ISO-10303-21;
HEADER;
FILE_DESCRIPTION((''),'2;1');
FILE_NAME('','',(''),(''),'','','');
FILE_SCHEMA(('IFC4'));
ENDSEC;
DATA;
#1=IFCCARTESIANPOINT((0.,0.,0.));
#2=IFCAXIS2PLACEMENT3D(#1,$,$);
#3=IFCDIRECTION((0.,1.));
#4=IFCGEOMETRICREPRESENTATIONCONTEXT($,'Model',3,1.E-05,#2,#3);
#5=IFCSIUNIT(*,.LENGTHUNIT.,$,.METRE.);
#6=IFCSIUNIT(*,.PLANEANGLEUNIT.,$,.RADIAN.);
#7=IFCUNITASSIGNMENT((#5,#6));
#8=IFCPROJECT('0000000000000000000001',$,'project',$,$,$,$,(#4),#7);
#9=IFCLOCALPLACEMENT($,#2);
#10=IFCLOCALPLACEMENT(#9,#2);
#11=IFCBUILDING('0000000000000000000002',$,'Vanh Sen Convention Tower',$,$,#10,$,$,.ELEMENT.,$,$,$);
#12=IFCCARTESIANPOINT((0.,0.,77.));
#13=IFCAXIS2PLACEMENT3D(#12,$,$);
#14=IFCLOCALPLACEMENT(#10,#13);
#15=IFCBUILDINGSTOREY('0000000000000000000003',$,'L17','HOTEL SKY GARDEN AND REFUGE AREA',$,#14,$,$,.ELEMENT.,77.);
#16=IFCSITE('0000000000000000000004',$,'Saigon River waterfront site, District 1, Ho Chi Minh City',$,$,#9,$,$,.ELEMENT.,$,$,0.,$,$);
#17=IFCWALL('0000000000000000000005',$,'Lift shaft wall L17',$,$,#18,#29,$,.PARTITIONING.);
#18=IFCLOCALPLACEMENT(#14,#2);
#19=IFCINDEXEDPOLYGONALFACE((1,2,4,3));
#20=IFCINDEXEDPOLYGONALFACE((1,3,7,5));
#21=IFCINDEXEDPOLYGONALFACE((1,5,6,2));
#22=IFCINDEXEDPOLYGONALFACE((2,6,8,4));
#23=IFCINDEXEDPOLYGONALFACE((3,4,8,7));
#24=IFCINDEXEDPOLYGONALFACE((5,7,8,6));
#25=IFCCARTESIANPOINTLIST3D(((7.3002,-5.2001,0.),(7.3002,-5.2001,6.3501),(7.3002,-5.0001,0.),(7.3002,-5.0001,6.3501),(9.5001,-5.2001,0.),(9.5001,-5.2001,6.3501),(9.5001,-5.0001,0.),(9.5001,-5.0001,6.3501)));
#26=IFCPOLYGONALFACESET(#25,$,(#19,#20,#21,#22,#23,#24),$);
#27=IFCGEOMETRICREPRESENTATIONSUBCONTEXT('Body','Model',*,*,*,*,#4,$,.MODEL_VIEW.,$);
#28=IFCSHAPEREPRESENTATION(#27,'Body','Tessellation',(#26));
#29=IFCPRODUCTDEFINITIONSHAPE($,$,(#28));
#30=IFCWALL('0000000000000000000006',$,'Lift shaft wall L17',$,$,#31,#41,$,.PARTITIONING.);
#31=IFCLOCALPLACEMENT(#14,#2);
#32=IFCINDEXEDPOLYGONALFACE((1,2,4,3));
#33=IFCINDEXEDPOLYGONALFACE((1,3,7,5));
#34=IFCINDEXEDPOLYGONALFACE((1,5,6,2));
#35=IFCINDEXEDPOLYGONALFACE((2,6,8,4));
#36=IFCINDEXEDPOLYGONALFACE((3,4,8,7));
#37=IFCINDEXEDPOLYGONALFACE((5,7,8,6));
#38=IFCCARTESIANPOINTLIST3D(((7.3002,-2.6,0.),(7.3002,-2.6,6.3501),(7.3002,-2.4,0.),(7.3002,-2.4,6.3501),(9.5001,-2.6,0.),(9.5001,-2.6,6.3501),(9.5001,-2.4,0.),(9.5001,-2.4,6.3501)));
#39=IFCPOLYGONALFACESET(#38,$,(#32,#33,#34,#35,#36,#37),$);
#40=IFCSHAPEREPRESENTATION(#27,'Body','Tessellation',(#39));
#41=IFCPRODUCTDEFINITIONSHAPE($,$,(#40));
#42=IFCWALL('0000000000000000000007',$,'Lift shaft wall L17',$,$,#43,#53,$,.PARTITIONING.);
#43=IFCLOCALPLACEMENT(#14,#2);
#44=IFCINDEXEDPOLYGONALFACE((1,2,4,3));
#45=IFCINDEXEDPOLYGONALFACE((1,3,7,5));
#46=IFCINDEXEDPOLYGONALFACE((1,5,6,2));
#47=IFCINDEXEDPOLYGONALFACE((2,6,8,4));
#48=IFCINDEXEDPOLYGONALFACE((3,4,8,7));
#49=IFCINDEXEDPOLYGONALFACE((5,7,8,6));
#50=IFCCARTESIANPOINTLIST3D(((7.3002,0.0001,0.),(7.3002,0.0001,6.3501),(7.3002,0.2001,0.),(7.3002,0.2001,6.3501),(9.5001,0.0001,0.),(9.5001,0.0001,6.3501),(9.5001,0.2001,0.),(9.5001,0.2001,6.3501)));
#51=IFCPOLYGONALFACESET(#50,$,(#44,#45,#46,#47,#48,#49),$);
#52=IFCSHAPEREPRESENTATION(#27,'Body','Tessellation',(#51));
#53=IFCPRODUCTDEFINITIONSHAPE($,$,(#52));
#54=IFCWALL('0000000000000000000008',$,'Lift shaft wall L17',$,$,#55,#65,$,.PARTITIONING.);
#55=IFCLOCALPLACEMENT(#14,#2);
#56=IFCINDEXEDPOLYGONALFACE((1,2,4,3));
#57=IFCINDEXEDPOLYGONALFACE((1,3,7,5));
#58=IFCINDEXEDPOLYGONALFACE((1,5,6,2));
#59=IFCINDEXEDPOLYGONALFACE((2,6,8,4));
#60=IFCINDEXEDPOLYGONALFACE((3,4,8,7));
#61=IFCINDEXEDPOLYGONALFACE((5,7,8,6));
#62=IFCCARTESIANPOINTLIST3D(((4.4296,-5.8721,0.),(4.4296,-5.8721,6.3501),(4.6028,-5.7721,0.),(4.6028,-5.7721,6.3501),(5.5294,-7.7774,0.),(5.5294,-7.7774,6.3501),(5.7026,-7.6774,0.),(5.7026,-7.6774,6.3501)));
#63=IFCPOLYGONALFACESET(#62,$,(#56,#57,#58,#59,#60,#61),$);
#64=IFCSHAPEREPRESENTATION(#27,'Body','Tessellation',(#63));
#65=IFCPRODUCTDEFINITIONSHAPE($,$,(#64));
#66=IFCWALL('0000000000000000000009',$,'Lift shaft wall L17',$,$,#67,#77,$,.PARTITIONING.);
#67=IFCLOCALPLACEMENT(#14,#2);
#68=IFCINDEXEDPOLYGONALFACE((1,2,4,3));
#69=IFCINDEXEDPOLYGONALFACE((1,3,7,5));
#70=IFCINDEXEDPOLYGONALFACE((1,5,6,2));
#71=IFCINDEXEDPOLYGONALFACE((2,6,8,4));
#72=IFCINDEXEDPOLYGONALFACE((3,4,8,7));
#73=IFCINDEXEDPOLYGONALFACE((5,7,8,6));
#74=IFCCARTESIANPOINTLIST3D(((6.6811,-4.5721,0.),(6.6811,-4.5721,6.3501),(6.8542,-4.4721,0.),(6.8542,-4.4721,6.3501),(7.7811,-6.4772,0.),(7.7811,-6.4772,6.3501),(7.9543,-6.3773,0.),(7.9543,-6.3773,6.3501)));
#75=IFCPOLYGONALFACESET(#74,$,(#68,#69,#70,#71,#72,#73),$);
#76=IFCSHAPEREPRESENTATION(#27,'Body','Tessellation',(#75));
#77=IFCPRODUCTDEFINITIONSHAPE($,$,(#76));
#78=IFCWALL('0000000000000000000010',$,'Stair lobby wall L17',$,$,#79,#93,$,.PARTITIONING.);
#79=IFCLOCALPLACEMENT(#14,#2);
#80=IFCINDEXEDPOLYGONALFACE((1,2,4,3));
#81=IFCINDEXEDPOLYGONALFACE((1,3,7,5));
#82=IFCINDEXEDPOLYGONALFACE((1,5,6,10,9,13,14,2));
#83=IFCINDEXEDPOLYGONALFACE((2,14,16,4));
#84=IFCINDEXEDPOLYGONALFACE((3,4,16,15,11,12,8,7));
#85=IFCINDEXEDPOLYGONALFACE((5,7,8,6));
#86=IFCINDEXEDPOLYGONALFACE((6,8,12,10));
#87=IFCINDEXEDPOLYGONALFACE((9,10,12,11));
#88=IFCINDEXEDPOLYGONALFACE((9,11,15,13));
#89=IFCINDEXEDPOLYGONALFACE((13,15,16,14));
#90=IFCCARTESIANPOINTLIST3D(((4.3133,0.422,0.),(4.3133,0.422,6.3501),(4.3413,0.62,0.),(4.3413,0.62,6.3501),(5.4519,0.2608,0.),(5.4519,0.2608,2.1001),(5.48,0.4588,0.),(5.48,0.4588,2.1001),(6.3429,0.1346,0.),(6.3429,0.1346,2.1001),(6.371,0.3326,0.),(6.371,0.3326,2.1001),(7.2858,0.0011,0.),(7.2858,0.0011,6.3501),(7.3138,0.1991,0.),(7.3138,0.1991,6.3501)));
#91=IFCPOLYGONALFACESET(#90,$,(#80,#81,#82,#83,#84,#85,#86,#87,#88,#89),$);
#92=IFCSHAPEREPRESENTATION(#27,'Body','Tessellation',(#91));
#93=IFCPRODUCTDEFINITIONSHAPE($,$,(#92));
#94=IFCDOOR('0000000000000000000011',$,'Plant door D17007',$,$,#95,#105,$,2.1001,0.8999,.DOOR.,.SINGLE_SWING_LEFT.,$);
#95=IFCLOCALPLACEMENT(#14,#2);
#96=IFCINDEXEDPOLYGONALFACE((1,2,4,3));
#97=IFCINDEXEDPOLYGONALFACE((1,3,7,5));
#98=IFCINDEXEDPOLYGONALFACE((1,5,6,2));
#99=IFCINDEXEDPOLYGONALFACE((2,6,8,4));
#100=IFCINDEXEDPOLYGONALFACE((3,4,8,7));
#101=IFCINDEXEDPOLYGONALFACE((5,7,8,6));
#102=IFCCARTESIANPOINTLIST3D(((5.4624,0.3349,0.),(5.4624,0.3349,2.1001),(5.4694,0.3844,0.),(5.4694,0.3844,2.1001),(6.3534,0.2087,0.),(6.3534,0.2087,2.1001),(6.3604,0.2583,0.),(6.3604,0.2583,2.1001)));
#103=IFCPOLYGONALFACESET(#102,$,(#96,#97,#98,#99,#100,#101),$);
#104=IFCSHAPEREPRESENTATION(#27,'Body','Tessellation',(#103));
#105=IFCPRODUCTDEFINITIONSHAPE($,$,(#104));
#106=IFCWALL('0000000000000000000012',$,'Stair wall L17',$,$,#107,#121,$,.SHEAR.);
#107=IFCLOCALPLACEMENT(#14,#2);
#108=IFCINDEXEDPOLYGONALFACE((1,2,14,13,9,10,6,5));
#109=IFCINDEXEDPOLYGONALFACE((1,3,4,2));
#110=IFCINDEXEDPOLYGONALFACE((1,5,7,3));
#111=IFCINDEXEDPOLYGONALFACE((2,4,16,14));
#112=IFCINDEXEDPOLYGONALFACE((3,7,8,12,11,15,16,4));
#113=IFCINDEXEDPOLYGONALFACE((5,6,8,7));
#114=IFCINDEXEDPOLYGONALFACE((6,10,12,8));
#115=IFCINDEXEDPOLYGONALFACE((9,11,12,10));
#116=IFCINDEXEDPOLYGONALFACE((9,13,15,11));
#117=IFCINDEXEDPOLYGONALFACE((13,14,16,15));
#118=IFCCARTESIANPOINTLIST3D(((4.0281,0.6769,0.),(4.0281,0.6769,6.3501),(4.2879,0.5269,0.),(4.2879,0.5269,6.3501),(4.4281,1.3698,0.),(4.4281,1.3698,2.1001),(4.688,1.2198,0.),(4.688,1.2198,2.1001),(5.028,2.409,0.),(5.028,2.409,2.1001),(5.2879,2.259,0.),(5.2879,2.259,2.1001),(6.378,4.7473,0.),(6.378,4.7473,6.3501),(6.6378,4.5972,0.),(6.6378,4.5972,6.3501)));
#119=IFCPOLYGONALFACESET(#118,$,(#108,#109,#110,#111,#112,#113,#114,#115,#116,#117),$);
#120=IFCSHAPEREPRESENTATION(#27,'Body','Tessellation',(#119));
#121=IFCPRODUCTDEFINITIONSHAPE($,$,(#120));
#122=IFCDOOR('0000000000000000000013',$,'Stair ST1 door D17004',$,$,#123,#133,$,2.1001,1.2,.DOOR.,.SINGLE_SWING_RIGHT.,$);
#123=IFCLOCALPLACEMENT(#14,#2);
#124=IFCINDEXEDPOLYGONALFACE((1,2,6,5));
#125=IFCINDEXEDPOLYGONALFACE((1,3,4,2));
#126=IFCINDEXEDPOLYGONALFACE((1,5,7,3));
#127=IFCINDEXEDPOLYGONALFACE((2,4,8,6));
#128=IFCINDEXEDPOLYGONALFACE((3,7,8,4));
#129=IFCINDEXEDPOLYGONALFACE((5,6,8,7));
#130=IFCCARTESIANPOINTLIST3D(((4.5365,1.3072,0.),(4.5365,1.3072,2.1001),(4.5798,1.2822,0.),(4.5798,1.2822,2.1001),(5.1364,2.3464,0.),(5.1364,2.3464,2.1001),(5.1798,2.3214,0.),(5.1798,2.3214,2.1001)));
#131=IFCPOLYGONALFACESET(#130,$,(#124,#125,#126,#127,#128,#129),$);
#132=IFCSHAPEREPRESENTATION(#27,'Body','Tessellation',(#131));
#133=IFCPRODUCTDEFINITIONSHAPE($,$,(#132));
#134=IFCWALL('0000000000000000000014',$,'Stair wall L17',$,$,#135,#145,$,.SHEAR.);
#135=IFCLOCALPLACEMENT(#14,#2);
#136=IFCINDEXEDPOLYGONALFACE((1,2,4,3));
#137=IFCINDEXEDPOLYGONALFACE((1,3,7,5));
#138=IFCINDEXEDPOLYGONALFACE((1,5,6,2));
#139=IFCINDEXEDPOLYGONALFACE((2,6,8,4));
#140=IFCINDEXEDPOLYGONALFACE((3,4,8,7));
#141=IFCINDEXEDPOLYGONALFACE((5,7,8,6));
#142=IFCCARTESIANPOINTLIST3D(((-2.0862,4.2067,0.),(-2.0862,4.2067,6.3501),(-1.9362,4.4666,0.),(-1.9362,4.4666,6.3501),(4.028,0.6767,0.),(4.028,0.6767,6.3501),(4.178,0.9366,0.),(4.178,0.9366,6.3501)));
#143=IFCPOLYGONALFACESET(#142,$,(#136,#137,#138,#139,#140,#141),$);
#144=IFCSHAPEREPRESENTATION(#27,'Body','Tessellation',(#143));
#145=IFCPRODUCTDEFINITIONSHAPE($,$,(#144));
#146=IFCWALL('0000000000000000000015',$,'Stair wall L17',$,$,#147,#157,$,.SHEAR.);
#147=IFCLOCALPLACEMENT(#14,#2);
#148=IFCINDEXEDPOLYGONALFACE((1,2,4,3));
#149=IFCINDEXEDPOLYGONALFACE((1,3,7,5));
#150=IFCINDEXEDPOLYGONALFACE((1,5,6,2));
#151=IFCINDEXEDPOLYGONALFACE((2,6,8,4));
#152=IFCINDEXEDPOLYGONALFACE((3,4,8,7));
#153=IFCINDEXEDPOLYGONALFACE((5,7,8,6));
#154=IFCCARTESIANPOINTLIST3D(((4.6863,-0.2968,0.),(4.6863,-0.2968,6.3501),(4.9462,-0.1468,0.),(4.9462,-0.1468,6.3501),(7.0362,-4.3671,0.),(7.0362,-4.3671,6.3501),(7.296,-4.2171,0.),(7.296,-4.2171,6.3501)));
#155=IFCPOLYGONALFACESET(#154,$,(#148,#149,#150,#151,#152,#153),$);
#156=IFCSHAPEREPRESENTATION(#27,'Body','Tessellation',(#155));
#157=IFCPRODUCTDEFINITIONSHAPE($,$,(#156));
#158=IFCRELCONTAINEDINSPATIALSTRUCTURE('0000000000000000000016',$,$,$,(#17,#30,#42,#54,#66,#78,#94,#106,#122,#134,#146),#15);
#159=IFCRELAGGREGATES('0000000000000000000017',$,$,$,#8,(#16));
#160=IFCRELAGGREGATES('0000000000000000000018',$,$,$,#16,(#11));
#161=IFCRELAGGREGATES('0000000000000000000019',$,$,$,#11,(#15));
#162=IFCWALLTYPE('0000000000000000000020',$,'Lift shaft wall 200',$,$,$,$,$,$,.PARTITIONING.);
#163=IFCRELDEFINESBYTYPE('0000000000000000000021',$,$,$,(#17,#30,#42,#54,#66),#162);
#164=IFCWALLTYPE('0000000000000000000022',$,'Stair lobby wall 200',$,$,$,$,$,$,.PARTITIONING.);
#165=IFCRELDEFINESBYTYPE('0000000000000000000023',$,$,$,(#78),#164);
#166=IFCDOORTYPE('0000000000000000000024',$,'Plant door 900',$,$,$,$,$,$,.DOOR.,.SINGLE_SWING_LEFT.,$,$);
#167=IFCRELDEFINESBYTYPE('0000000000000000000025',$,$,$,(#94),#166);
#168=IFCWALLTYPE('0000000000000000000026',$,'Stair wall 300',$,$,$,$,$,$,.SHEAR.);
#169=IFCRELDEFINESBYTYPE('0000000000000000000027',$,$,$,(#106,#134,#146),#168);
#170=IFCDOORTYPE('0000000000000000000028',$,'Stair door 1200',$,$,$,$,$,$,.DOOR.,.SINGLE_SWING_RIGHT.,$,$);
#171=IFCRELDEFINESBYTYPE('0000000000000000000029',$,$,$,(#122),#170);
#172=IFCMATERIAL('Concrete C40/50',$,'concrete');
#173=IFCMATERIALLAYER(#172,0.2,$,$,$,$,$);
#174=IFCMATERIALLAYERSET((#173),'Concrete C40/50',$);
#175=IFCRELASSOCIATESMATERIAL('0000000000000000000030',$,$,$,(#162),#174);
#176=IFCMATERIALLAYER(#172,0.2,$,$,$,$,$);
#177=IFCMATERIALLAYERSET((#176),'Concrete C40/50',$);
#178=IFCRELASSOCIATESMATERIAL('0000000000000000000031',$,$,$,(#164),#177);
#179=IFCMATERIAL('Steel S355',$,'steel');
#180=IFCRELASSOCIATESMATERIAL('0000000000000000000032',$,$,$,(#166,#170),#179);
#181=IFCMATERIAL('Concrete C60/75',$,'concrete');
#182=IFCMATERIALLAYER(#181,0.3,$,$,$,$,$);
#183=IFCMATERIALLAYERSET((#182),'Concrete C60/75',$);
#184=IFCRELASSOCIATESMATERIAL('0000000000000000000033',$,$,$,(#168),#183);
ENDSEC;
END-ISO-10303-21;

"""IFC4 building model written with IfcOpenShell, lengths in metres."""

from ifc_helpers import new_model, si_unit, direction, frame, frame_2d, origin, place, context, subcontext, project, spatial, rectangle, extrude, material, layer, layer_set, type_object, element, fill, save


model = new_model("IFC4")

# Units and contexts
model_context = context("Model", 3, precision=1e-05, world=origin(), true_north=direction((0.0, 1.0)))
body_context = subcontext(model_context, "Body", "Model", "MODEL_VIEW")
ifc_project = project(units=[si_unit("LENGTHUNIT", "METRE"), si_unit("PLANEANGLEUNIT", "RADIAN")], contexts=[model_context])

# Site, building, storey
site_placement = place(None, origin())
site = spatial("IfcSite", under=ifc_project, at=site_placement, Name="Saigon River waterfront site, District 1, Ho Chi Minh City", CompositionType="ELEMENT", RefElevation=0.0)
building_placement = place(site_placement, origin())
building = spatial("IfcBuilding", under=site, at=building_placement, Name="Vanh Sen Convention Tower", CompositionType="ELEMENT")
storey_placement = place(building_placement, frame((0.0, 0.0, 77.0)))
storey = spatial("IfcBuildingStorey", under=building, at=storey_placement, Name="L17", Description="HOTEL SKY GARDEN AND REFUGE AREA", CompositionType="ELEMENT", Elevation=77.0)

# Shared definitions
ifc_material_1 = material(Name="Steel S355", Category="steel")

# Shared definitions
ifc_material_2 = material(Name="Concrete C60/75", Category="concrete")

# Walls
ifc_material_3 = material(Name="Concrete C40/50", Category="concrete")
ifc_layer_1 = layer(ifc_material_3, 0.2)
ifc_layer_set_1 = layer_set([ifc_layer_1], Name="Concrete C40/50")
wall_type_1 = type_object("IfcWallType", Name="Lift shaft wall 200", PredefinedType="PARTITIONING", material=ifc_layer_set_1)
for number, where, z_axis, x_axis, name in (
    (1, (7.3, -5.1001, 0.0), (0.0, 0.0, 1.0), (1.0, 0.0, 0.0), "Lift shaft wall L17"),
    (2, (7.3, -2.5, 0.0), (0.0, 0.0, 1.0), (1.0, 0.0, 0.0), "Lift shaft wall L17"),
    (3, (7.3, 0.1001, 0.0), (0.0, 0.0, 1.0), (1.0, 0.0, 0.0), "Lift shaft wall L17"),
    (4, (4.5161, -5.822, 0.0), (0.0, 0.0, 1.0), (0.499947, -0.866056, 0.0), "Lift shaft wall L17"),
    (5, (6.7676, -4.522, 0.0), (0.0, 0.0, 1.0), (0.50003, -0.866008, 0.0), "Lift shaft wall L17"),
):
    element("IfcWall", number, at=place(storey_placement, frame(where, z_axis=z_axis, x_axis=x_axis)), inside=storey, type_object=wall_type_1, Name=name, PredefinedType="PARTITIONING", context=body_context, shape_type="SweptSolid", body=[
        extrude(rectangle(XDim=2.2, YDim=0.2, at=frame_2d((1.1001, 0.0))), origin(), (0.0, 0.0, 1.0), 6.3501),
    ])

# Walls, openings, doors
ifc_layer_2 = layer(ifc_material_3, 0.2)
ifc_layer_set_2 = layer_set([ifc_layer_2], Name="Concrete C40/50")
wall_type_2 = type_object("IfcWallType", Name="Stair lobby wall 200", PredefinedType="PARTITIONING", material=ifc_layer_set_2)
wall_1_placement = place(storey_placement, frame((4.3274, 0.521, 0.0), z_axis=(0.0, 0.0, 1.0), x_axis=(0.990124, -0.140192, 0.0)))
wall_1 = element("IfcWall", 6, at=wall_1_placement, inside=storey, type_object=wall_type_2, Name="Stair lobby wall L17", PredefinedType="PARTITIONING", context=body_context, shape_type="SweptSolid", body=[
    extrude(rectangle(XDim=3.0022, YDim=0.2, at=frame_2d((1.501, 0.0))), origin(), (0.0, 0.0, 1.0), 6.3501),
])
opening_1_placement = place(wall_1_placement, frame((1.1499, 0.0, 0.0)))
opening_1 = element("IfcOpeningElement", 7, at=opening_1_placement, cuts=wall_1, PredefinedType="OPENING", context=body_context, shape_type="SweptSolid", body=[
    extrude(rectangle(XDim=0.8999, YDim=2.1001, at=frame_2d((0.45, 1.05))), frame((0.0, 0.1099, 0.0), z_axis=(0.0, -1.0, 0.0), x_axis=(1.0, 0.0, 0.0)), (0.0, 0.0, 1.0), 0.22),
])
door_type_1 = type_object("IfcDoorType", Name="Plant door 900", OperationType="SINGLE_SWING_LEFT", PredefinedType="DOOR", material=ifc_material_1)
door_1_placement = place(opening_1_placement, origin())
door_1 = element("IfcDoor", 8, at=door_1_placement, inside=storey, type_object=door_type_1, Name="Plant door D17007", OperationType="SINGLE_SWING_LEFT", OverallHeight=2.1001, OverallWidth=0.8999, PredefinedType="DOOR", context=body_context, shape_type="SweptSolid", body=[
    extrude(rectangle(XDim=0.8999, YDim=2.1001, at=frame_2d((0.45, 1.05))), frame((0.0, 0.0249, 0.0), z_axis=(0.0, -1.0, 0.0), x_axis=(1.0, 0.0, 0.0)), (0.0, 0.0, 1.0), 0.05),
])
fill(opening_1, door_1)
ifc_layer_3 = layer(ifc_material_2, 0.3)
ifc_layer_set_3 = layer_set([ifc_layer_3], Name="Concrete C60/75")
wall_type_3 = type_object("IfcWallType", Name="Stair wall 300", PredefinedType="SHEAR", material=ifc_layer_set_3)
wall_2_placement = place(storey_placement, frame((4.158, 0.6018, 0.0), z_axis=(0.0, 0.0, 1.0), x_axis=(0.499977, 0.866039, 0.0)))
wall_2 = element("IfcWall", 9, at=wall_2_placement, inside=storey, type_object=wall_type_3, Name="Stair wall L17", PredefinedType="SHEAR", context=body_context, shape_type="SweptSolid", body=[
    extrude(rectangle(XDim=4.7, YDim=0.3, at=frame_2d((2.3501, 0.0))), origin(), (0.0, 0.0, 1.0), 6.3501),
])
opening_2_placement = place(wall_2_placement, frame((0.8, 0.0, 0.0)))
opening_2 = element("IfcOpeningElement", 10, at=opening_2_placement, cuts=wall_2, PredefinedType="OPENING", context=body_context, shape_type="SweptSolid", body=[
    extrude(rectangle(XDim=1.2, YDim=2.1001, at=frame_2d((0.6001, 1.05))), frame((0.0, 0.1599, 0.0), z_axis=(0.0, -1.0, 0.0), x_axis=(1.0, 0.0, 0.0)), (0.0, 0.0, 1.0), 0.3201),
])
door_type_2 = type_object("IfcDoorType", Name="Stair door 1200", OperationType="SINGLE_SWING_RIGHT", PredefinedType="DOOR", material=ifc_material_1)
door_2_placement = place(opening_2_placement, origin())
door_2 = element("IfcDoor", 11, at=door_2_placement, inside=storey, type_object=door_type_2, Name="Stair ST1 door D17004", OperationType="SINGLE_SWING_RIGHT", OverallHeight=2.1001, OverallWidth=1.2, PredefinedType="DOOR", context=body_context, shape_type="SweptSolid", body=[
    extrude(rectangle(XDim=1.2, YDim=2.1001, at=frame_2d((0.6001, 1.05))), frame((0.0, 0.0249, 0.0), z_axis=(0.0, -1.0, 0.0), x_axis=(1.0, 0.0, 0.0)), (0.0, 0.0, 1.0), 0.05),
])
fill(opening_2, door_2)

# Walls
wall_3_placement = place(storey_placement, frame((4.103, 0.8066, 0.0), z_axis=(0.0, 0.0, 1.0), x_axis=(-0.866028, 0.499996, 0.0)))
element("IfcWall", 12, at=wall_3_placement, inside=storey, type_object=wall_type_3, Name="Stair wall L17", PredefinedType="SHEAR", context=body_context, shape_type="SweptSolid", body=[
    extrude(rectangle(XDim=7.0601, YDim=0.3, at=frame_2d((3.53, 0.0))), origin(), (0.0, 0.0, 1.0), 6.3501),
])
wall_4_placement = place(storey_placement, frame((4.8162, -0.2217, 0.0), z_axis=(0.0, 0.0, 1.0), x_axis=(0.499977, -0.866039, 0.0)))
element("IfcWall", 13, at=wall_4_placement, inside=storey, type_object=wall_type_3, Name="Stair wall L17", PredefinedType="SHEAR", context=body_context, shape_type="SweptSolid", body=[
    extrude(rectangle(XDim=4.7, YDim=0.3, at=frame_2d((2.3501, 0.0))), origin(), (0.0, 0.0, 1.0), 6.3501),
])

save(model, "model.ifc")
